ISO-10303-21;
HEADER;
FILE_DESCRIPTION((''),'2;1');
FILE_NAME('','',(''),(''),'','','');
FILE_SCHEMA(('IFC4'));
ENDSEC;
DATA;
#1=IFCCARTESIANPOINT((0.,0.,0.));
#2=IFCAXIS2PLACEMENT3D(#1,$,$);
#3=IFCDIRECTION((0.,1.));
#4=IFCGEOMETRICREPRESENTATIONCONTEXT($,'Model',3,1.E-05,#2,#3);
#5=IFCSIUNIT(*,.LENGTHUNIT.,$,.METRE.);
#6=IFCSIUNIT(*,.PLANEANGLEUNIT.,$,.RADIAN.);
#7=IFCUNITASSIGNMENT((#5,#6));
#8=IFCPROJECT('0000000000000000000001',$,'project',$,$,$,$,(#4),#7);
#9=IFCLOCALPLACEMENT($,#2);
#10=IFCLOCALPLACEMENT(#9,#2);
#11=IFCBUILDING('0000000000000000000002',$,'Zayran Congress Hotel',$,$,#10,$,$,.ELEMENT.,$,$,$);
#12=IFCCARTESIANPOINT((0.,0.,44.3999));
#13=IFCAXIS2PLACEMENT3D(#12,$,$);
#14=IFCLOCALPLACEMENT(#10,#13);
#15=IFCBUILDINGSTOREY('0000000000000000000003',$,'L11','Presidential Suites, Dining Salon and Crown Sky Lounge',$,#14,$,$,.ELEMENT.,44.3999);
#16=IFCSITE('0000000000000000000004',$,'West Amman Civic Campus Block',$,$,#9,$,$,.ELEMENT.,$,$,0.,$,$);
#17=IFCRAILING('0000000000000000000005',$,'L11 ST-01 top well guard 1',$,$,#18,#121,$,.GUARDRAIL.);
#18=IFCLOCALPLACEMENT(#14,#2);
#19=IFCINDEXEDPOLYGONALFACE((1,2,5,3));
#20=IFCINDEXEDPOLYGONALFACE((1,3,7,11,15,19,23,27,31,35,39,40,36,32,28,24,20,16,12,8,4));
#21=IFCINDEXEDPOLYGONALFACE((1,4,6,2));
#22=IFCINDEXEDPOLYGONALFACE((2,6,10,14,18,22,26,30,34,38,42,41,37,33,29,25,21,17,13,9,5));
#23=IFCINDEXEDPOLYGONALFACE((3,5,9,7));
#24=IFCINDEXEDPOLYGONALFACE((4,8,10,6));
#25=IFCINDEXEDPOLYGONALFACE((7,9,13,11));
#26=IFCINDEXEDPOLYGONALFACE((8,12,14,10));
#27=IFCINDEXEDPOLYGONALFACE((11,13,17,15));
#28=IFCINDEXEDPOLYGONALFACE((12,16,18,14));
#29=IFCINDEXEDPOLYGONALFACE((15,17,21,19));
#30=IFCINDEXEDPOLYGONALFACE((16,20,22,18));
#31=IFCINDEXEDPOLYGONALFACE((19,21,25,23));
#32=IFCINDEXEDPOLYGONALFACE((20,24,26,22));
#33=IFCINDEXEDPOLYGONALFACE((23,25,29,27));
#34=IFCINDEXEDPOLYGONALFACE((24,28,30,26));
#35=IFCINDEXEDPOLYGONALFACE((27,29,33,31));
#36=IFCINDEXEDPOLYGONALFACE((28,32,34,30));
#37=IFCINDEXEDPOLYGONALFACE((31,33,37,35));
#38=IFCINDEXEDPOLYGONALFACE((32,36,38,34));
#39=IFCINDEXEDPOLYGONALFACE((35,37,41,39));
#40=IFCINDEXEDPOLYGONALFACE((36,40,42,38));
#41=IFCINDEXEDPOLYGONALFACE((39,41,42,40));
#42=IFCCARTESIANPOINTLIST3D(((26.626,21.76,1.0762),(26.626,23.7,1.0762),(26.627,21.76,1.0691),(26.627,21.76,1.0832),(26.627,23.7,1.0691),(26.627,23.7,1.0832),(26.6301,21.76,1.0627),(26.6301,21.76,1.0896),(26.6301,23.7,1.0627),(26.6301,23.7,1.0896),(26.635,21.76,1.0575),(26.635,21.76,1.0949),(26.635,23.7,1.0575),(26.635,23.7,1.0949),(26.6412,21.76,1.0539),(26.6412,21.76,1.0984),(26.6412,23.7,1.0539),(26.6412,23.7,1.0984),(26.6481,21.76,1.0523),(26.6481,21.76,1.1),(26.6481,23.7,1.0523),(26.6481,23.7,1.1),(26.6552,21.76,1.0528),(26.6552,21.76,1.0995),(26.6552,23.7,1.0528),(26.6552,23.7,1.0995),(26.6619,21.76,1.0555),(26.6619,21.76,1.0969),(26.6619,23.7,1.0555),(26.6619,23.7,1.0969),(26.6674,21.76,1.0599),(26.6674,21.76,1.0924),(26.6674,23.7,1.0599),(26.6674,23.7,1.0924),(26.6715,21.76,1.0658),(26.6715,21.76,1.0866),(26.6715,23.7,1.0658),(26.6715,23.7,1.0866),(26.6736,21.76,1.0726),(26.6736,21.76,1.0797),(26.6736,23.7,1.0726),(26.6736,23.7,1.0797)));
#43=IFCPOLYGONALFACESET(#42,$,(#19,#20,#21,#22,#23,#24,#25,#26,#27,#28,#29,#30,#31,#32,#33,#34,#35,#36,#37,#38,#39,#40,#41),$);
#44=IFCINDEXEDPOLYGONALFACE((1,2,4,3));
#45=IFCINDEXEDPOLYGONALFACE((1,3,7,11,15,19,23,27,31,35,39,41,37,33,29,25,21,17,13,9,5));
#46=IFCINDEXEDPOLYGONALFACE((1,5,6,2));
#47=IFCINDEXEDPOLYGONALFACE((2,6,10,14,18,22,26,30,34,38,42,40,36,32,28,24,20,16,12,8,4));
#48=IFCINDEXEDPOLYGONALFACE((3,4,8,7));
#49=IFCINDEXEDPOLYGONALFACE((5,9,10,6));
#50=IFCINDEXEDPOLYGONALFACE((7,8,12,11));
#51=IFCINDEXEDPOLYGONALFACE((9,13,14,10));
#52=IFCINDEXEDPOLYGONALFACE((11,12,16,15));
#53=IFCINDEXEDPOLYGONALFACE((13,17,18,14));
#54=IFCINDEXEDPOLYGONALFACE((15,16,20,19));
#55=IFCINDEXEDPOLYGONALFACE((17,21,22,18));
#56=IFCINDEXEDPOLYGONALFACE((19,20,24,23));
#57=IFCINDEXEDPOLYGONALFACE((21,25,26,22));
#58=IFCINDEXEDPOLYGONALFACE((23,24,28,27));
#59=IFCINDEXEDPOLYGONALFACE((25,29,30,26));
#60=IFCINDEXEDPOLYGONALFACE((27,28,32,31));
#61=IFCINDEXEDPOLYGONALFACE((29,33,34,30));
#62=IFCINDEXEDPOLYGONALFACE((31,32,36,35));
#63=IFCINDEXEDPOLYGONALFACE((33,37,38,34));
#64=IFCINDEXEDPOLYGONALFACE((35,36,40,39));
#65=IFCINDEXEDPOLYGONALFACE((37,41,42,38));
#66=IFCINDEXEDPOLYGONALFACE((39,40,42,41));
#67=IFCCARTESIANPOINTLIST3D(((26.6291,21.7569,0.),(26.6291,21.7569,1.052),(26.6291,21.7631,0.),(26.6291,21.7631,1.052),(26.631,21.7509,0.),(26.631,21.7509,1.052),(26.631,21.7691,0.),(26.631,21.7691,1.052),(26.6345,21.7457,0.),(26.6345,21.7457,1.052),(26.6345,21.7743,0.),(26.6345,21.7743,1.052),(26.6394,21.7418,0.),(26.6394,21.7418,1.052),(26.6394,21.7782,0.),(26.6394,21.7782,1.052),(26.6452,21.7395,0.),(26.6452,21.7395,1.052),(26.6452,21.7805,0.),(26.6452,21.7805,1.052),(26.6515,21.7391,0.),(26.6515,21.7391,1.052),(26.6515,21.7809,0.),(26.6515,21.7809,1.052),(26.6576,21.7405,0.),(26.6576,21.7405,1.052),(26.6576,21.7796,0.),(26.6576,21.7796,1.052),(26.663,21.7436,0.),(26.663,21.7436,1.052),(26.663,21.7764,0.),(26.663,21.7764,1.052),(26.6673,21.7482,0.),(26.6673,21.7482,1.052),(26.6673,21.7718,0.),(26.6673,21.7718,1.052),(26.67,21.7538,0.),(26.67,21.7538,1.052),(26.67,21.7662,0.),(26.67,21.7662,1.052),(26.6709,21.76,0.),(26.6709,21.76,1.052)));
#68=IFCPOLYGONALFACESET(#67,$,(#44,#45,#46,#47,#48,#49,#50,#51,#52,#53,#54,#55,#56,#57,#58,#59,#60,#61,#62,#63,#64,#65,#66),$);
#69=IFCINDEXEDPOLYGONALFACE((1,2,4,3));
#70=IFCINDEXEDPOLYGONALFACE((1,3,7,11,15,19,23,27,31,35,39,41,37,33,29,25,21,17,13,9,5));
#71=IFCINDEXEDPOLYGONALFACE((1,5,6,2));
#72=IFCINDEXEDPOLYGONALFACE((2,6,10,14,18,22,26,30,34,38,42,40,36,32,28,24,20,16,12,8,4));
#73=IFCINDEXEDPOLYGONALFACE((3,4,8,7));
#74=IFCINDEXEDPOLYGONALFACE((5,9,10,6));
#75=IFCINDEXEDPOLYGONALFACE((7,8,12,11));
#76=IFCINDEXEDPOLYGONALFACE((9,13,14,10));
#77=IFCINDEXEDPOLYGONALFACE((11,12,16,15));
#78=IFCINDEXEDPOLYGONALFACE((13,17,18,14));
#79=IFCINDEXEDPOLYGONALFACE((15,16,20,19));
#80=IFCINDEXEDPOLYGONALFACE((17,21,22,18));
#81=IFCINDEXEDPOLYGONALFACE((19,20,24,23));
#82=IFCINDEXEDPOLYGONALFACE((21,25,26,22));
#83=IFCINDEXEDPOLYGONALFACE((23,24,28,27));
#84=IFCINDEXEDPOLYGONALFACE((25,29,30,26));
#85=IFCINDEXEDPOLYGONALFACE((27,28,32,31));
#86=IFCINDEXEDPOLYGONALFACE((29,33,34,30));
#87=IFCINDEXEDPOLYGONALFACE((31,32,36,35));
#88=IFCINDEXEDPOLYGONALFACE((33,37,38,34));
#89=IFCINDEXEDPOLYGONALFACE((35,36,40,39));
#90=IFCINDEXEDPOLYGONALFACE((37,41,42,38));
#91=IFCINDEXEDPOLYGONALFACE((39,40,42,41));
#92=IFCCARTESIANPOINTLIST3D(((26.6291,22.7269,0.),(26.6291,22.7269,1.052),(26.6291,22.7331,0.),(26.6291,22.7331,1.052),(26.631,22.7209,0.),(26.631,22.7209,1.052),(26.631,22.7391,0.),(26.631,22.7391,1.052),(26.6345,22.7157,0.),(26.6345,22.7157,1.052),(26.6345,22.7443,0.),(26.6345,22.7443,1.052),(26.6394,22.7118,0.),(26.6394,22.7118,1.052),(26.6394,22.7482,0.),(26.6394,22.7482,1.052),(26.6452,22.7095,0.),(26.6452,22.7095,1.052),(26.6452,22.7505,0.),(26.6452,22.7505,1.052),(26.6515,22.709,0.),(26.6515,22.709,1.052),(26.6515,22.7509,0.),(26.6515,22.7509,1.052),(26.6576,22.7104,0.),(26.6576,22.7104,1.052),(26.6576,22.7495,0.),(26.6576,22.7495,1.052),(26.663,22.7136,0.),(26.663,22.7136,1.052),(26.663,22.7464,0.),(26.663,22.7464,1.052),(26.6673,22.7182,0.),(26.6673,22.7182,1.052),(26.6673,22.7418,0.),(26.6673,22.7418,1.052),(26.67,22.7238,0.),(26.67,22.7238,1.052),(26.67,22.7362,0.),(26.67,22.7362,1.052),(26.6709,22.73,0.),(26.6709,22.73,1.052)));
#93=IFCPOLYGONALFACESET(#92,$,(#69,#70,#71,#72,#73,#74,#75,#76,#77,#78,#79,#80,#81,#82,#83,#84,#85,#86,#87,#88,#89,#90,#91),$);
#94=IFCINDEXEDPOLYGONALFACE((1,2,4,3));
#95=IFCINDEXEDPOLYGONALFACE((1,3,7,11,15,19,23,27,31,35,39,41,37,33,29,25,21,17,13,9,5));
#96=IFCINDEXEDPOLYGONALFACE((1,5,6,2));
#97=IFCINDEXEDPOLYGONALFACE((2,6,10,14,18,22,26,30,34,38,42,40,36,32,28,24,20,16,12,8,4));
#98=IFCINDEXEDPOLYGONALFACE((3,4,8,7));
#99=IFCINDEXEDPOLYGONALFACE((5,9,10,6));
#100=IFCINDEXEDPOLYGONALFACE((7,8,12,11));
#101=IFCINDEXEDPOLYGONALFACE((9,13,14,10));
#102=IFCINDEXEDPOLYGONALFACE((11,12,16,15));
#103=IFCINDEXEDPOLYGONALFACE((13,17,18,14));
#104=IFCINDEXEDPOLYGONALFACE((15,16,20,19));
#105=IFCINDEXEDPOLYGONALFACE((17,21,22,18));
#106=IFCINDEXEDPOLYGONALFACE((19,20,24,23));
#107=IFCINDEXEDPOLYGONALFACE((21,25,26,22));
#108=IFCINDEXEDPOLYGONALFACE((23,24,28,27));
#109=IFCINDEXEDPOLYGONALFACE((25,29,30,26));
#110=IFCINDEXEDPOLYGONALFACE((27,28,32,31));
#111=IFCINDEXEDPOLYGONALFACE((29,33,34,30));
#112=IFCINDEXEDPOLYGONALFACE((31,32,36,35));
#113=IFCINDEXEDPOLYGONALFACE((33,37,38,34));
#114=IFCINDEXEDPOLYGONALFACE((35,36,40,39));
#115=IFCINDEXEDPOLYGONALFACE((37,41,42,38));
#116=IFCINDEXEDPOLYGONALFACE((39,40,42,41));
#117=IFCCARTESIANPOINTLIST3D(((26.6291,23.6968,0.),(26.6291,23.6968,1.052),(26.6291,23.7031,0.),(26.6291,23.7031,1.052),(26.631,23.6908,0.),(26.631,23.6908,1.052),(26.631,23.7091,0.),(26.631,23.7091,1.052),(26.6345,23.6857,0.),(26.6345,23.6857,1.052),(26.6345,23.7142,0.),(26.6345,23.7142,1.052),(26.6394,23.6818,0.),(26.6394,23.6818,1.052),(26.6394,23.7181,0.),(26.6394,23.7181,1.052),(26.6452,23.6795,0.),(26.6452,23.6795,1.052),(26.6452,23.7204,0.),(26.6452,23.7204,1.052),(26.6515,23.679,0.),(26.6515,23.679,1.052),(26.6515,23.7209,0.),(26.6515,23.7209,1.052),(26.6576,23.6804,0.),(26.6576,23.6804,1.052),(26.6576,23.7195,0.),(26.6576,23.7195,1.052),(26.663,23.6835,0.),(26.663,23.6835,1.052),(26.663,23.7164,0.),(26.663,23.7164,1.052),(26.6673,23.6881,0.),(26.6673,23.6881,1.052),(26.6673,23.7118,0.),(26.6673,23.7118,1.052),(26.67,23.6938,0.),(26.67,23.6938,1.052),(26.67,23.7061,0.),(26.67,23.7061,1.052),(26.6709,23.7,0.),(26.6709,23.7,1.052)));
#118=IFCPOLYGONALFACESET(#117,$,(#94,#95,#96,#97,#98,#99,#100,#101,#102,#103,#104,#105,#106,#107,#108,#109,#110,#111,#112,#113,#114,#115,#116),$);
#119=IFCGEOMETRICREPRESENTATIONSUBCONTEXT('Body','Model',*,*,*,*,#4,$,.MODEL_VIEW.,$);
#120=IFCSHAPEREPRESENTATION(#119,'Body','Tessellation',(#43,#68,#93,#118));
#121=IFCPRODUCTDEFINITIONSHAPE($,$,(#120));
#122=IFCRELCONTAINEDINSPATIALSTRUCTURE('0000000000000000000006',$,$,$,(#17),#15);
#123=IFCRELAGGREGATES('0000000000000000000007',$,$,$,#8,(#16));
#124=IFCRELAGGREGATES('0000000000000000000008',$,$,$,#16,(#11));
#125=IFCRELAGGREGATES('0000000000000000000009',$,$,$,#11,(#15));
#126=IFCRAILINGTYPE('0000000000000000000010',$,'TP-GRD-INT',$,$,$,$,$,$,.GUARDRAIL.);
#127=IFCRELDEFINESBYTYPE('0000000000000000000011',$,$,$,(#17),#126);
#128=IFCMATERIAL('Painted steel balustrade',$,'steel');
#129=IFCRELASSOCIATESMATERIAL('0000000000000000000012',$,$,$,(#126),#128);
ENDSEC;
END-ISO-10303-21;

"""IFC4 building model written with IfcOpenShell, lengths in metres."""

from ifc_helpers import new_model, si_unit, direction, frame, origin, origin_2d, place, context, subcontext, project, spatial, circle, extrude, material, type_object, element, save


model = new_model("IFC4")

# Units and contexts
model_context = context("Model", 3, precision=1e-05, world=origin(), true_north=direction((0.0, 1.0)))
body_context = subcontext(model_context, "Body", "Model", "MODEL_VIEW")
ifc_project = project(units=[si_unit("LENGTHUNIT", "METRE"), si_unit("PLANEANGLEUNIT", "RADIAN")], contexts=[model_context])

# Site, building, storey
site_placement = place(None, origin())
site = spatial("IfcSite", under=ifc_project, at=site_placement, Name="West Amman Civic Campus Block", CompositionType="ELEMENT", RefElevation=0.0)
building_placement = place(site_placement, origin())
building = spatial("IfcBuilding", under=site, at=building_placement, Name="Zayran Congress Hotel", CompositionType="ELEMENT")
storey_placement = place(building_placement, frame((0.0, 0.0, 44.3999)))
storey = spatial("IfcBuildingStorey", under=building, at=storey_placement, Name="L11", Description="Presidential Suites, Dining Salon and Crown Sky Lounge", CompositionType="ELEMENT", Elevation=44.3999)

# Railing
ifc_material_1 = material(Name="Painted steel balustrade", Category="steel")
railing_type = type_object("IfcRailingType", Name="TP-GRD-INT", PredefinedType="GUARDRAIL", material=ifc_material_1)
railing_placement = place(storey_placement, frame((26.6499, 21.76, 0.0)))
element("IfcRailing", 1, at=railing_placement, inside=storey, type_object=railing_type, Name="L11 ST-01 top well guard 1", PredefinedType="GUARDRAIL", context=body_context, shape_type="SweptSolid", body=[
    extrude(circle(Radius=0.0239, at=origin_2d()), frame((0.0, 0.0, 1.0762), z_axis=(0.0, 1.0, 0.0), x_axis=(-1.0, 0.0, 0.0)), (0.0, 0.0, 1.0), 1.9399),
    extrude(circle(Radius=0.021, at=origin_2d()), origin(), (0.0, 0.0, 1.0), 1.052),
    extrude(circle(Radius=0.021, at=origin_2d()), frame((0.0, 0.97, 0.0)), (0.0, 0.0, 1.0), 1.052),
    extrude(circle(Radius=0.021, at=origin_2d()), frame((0.0, 1.9399, 0.0)), (0.0, 0.0, 1.0), 1.052),
])

save(model, "model.ifc")
